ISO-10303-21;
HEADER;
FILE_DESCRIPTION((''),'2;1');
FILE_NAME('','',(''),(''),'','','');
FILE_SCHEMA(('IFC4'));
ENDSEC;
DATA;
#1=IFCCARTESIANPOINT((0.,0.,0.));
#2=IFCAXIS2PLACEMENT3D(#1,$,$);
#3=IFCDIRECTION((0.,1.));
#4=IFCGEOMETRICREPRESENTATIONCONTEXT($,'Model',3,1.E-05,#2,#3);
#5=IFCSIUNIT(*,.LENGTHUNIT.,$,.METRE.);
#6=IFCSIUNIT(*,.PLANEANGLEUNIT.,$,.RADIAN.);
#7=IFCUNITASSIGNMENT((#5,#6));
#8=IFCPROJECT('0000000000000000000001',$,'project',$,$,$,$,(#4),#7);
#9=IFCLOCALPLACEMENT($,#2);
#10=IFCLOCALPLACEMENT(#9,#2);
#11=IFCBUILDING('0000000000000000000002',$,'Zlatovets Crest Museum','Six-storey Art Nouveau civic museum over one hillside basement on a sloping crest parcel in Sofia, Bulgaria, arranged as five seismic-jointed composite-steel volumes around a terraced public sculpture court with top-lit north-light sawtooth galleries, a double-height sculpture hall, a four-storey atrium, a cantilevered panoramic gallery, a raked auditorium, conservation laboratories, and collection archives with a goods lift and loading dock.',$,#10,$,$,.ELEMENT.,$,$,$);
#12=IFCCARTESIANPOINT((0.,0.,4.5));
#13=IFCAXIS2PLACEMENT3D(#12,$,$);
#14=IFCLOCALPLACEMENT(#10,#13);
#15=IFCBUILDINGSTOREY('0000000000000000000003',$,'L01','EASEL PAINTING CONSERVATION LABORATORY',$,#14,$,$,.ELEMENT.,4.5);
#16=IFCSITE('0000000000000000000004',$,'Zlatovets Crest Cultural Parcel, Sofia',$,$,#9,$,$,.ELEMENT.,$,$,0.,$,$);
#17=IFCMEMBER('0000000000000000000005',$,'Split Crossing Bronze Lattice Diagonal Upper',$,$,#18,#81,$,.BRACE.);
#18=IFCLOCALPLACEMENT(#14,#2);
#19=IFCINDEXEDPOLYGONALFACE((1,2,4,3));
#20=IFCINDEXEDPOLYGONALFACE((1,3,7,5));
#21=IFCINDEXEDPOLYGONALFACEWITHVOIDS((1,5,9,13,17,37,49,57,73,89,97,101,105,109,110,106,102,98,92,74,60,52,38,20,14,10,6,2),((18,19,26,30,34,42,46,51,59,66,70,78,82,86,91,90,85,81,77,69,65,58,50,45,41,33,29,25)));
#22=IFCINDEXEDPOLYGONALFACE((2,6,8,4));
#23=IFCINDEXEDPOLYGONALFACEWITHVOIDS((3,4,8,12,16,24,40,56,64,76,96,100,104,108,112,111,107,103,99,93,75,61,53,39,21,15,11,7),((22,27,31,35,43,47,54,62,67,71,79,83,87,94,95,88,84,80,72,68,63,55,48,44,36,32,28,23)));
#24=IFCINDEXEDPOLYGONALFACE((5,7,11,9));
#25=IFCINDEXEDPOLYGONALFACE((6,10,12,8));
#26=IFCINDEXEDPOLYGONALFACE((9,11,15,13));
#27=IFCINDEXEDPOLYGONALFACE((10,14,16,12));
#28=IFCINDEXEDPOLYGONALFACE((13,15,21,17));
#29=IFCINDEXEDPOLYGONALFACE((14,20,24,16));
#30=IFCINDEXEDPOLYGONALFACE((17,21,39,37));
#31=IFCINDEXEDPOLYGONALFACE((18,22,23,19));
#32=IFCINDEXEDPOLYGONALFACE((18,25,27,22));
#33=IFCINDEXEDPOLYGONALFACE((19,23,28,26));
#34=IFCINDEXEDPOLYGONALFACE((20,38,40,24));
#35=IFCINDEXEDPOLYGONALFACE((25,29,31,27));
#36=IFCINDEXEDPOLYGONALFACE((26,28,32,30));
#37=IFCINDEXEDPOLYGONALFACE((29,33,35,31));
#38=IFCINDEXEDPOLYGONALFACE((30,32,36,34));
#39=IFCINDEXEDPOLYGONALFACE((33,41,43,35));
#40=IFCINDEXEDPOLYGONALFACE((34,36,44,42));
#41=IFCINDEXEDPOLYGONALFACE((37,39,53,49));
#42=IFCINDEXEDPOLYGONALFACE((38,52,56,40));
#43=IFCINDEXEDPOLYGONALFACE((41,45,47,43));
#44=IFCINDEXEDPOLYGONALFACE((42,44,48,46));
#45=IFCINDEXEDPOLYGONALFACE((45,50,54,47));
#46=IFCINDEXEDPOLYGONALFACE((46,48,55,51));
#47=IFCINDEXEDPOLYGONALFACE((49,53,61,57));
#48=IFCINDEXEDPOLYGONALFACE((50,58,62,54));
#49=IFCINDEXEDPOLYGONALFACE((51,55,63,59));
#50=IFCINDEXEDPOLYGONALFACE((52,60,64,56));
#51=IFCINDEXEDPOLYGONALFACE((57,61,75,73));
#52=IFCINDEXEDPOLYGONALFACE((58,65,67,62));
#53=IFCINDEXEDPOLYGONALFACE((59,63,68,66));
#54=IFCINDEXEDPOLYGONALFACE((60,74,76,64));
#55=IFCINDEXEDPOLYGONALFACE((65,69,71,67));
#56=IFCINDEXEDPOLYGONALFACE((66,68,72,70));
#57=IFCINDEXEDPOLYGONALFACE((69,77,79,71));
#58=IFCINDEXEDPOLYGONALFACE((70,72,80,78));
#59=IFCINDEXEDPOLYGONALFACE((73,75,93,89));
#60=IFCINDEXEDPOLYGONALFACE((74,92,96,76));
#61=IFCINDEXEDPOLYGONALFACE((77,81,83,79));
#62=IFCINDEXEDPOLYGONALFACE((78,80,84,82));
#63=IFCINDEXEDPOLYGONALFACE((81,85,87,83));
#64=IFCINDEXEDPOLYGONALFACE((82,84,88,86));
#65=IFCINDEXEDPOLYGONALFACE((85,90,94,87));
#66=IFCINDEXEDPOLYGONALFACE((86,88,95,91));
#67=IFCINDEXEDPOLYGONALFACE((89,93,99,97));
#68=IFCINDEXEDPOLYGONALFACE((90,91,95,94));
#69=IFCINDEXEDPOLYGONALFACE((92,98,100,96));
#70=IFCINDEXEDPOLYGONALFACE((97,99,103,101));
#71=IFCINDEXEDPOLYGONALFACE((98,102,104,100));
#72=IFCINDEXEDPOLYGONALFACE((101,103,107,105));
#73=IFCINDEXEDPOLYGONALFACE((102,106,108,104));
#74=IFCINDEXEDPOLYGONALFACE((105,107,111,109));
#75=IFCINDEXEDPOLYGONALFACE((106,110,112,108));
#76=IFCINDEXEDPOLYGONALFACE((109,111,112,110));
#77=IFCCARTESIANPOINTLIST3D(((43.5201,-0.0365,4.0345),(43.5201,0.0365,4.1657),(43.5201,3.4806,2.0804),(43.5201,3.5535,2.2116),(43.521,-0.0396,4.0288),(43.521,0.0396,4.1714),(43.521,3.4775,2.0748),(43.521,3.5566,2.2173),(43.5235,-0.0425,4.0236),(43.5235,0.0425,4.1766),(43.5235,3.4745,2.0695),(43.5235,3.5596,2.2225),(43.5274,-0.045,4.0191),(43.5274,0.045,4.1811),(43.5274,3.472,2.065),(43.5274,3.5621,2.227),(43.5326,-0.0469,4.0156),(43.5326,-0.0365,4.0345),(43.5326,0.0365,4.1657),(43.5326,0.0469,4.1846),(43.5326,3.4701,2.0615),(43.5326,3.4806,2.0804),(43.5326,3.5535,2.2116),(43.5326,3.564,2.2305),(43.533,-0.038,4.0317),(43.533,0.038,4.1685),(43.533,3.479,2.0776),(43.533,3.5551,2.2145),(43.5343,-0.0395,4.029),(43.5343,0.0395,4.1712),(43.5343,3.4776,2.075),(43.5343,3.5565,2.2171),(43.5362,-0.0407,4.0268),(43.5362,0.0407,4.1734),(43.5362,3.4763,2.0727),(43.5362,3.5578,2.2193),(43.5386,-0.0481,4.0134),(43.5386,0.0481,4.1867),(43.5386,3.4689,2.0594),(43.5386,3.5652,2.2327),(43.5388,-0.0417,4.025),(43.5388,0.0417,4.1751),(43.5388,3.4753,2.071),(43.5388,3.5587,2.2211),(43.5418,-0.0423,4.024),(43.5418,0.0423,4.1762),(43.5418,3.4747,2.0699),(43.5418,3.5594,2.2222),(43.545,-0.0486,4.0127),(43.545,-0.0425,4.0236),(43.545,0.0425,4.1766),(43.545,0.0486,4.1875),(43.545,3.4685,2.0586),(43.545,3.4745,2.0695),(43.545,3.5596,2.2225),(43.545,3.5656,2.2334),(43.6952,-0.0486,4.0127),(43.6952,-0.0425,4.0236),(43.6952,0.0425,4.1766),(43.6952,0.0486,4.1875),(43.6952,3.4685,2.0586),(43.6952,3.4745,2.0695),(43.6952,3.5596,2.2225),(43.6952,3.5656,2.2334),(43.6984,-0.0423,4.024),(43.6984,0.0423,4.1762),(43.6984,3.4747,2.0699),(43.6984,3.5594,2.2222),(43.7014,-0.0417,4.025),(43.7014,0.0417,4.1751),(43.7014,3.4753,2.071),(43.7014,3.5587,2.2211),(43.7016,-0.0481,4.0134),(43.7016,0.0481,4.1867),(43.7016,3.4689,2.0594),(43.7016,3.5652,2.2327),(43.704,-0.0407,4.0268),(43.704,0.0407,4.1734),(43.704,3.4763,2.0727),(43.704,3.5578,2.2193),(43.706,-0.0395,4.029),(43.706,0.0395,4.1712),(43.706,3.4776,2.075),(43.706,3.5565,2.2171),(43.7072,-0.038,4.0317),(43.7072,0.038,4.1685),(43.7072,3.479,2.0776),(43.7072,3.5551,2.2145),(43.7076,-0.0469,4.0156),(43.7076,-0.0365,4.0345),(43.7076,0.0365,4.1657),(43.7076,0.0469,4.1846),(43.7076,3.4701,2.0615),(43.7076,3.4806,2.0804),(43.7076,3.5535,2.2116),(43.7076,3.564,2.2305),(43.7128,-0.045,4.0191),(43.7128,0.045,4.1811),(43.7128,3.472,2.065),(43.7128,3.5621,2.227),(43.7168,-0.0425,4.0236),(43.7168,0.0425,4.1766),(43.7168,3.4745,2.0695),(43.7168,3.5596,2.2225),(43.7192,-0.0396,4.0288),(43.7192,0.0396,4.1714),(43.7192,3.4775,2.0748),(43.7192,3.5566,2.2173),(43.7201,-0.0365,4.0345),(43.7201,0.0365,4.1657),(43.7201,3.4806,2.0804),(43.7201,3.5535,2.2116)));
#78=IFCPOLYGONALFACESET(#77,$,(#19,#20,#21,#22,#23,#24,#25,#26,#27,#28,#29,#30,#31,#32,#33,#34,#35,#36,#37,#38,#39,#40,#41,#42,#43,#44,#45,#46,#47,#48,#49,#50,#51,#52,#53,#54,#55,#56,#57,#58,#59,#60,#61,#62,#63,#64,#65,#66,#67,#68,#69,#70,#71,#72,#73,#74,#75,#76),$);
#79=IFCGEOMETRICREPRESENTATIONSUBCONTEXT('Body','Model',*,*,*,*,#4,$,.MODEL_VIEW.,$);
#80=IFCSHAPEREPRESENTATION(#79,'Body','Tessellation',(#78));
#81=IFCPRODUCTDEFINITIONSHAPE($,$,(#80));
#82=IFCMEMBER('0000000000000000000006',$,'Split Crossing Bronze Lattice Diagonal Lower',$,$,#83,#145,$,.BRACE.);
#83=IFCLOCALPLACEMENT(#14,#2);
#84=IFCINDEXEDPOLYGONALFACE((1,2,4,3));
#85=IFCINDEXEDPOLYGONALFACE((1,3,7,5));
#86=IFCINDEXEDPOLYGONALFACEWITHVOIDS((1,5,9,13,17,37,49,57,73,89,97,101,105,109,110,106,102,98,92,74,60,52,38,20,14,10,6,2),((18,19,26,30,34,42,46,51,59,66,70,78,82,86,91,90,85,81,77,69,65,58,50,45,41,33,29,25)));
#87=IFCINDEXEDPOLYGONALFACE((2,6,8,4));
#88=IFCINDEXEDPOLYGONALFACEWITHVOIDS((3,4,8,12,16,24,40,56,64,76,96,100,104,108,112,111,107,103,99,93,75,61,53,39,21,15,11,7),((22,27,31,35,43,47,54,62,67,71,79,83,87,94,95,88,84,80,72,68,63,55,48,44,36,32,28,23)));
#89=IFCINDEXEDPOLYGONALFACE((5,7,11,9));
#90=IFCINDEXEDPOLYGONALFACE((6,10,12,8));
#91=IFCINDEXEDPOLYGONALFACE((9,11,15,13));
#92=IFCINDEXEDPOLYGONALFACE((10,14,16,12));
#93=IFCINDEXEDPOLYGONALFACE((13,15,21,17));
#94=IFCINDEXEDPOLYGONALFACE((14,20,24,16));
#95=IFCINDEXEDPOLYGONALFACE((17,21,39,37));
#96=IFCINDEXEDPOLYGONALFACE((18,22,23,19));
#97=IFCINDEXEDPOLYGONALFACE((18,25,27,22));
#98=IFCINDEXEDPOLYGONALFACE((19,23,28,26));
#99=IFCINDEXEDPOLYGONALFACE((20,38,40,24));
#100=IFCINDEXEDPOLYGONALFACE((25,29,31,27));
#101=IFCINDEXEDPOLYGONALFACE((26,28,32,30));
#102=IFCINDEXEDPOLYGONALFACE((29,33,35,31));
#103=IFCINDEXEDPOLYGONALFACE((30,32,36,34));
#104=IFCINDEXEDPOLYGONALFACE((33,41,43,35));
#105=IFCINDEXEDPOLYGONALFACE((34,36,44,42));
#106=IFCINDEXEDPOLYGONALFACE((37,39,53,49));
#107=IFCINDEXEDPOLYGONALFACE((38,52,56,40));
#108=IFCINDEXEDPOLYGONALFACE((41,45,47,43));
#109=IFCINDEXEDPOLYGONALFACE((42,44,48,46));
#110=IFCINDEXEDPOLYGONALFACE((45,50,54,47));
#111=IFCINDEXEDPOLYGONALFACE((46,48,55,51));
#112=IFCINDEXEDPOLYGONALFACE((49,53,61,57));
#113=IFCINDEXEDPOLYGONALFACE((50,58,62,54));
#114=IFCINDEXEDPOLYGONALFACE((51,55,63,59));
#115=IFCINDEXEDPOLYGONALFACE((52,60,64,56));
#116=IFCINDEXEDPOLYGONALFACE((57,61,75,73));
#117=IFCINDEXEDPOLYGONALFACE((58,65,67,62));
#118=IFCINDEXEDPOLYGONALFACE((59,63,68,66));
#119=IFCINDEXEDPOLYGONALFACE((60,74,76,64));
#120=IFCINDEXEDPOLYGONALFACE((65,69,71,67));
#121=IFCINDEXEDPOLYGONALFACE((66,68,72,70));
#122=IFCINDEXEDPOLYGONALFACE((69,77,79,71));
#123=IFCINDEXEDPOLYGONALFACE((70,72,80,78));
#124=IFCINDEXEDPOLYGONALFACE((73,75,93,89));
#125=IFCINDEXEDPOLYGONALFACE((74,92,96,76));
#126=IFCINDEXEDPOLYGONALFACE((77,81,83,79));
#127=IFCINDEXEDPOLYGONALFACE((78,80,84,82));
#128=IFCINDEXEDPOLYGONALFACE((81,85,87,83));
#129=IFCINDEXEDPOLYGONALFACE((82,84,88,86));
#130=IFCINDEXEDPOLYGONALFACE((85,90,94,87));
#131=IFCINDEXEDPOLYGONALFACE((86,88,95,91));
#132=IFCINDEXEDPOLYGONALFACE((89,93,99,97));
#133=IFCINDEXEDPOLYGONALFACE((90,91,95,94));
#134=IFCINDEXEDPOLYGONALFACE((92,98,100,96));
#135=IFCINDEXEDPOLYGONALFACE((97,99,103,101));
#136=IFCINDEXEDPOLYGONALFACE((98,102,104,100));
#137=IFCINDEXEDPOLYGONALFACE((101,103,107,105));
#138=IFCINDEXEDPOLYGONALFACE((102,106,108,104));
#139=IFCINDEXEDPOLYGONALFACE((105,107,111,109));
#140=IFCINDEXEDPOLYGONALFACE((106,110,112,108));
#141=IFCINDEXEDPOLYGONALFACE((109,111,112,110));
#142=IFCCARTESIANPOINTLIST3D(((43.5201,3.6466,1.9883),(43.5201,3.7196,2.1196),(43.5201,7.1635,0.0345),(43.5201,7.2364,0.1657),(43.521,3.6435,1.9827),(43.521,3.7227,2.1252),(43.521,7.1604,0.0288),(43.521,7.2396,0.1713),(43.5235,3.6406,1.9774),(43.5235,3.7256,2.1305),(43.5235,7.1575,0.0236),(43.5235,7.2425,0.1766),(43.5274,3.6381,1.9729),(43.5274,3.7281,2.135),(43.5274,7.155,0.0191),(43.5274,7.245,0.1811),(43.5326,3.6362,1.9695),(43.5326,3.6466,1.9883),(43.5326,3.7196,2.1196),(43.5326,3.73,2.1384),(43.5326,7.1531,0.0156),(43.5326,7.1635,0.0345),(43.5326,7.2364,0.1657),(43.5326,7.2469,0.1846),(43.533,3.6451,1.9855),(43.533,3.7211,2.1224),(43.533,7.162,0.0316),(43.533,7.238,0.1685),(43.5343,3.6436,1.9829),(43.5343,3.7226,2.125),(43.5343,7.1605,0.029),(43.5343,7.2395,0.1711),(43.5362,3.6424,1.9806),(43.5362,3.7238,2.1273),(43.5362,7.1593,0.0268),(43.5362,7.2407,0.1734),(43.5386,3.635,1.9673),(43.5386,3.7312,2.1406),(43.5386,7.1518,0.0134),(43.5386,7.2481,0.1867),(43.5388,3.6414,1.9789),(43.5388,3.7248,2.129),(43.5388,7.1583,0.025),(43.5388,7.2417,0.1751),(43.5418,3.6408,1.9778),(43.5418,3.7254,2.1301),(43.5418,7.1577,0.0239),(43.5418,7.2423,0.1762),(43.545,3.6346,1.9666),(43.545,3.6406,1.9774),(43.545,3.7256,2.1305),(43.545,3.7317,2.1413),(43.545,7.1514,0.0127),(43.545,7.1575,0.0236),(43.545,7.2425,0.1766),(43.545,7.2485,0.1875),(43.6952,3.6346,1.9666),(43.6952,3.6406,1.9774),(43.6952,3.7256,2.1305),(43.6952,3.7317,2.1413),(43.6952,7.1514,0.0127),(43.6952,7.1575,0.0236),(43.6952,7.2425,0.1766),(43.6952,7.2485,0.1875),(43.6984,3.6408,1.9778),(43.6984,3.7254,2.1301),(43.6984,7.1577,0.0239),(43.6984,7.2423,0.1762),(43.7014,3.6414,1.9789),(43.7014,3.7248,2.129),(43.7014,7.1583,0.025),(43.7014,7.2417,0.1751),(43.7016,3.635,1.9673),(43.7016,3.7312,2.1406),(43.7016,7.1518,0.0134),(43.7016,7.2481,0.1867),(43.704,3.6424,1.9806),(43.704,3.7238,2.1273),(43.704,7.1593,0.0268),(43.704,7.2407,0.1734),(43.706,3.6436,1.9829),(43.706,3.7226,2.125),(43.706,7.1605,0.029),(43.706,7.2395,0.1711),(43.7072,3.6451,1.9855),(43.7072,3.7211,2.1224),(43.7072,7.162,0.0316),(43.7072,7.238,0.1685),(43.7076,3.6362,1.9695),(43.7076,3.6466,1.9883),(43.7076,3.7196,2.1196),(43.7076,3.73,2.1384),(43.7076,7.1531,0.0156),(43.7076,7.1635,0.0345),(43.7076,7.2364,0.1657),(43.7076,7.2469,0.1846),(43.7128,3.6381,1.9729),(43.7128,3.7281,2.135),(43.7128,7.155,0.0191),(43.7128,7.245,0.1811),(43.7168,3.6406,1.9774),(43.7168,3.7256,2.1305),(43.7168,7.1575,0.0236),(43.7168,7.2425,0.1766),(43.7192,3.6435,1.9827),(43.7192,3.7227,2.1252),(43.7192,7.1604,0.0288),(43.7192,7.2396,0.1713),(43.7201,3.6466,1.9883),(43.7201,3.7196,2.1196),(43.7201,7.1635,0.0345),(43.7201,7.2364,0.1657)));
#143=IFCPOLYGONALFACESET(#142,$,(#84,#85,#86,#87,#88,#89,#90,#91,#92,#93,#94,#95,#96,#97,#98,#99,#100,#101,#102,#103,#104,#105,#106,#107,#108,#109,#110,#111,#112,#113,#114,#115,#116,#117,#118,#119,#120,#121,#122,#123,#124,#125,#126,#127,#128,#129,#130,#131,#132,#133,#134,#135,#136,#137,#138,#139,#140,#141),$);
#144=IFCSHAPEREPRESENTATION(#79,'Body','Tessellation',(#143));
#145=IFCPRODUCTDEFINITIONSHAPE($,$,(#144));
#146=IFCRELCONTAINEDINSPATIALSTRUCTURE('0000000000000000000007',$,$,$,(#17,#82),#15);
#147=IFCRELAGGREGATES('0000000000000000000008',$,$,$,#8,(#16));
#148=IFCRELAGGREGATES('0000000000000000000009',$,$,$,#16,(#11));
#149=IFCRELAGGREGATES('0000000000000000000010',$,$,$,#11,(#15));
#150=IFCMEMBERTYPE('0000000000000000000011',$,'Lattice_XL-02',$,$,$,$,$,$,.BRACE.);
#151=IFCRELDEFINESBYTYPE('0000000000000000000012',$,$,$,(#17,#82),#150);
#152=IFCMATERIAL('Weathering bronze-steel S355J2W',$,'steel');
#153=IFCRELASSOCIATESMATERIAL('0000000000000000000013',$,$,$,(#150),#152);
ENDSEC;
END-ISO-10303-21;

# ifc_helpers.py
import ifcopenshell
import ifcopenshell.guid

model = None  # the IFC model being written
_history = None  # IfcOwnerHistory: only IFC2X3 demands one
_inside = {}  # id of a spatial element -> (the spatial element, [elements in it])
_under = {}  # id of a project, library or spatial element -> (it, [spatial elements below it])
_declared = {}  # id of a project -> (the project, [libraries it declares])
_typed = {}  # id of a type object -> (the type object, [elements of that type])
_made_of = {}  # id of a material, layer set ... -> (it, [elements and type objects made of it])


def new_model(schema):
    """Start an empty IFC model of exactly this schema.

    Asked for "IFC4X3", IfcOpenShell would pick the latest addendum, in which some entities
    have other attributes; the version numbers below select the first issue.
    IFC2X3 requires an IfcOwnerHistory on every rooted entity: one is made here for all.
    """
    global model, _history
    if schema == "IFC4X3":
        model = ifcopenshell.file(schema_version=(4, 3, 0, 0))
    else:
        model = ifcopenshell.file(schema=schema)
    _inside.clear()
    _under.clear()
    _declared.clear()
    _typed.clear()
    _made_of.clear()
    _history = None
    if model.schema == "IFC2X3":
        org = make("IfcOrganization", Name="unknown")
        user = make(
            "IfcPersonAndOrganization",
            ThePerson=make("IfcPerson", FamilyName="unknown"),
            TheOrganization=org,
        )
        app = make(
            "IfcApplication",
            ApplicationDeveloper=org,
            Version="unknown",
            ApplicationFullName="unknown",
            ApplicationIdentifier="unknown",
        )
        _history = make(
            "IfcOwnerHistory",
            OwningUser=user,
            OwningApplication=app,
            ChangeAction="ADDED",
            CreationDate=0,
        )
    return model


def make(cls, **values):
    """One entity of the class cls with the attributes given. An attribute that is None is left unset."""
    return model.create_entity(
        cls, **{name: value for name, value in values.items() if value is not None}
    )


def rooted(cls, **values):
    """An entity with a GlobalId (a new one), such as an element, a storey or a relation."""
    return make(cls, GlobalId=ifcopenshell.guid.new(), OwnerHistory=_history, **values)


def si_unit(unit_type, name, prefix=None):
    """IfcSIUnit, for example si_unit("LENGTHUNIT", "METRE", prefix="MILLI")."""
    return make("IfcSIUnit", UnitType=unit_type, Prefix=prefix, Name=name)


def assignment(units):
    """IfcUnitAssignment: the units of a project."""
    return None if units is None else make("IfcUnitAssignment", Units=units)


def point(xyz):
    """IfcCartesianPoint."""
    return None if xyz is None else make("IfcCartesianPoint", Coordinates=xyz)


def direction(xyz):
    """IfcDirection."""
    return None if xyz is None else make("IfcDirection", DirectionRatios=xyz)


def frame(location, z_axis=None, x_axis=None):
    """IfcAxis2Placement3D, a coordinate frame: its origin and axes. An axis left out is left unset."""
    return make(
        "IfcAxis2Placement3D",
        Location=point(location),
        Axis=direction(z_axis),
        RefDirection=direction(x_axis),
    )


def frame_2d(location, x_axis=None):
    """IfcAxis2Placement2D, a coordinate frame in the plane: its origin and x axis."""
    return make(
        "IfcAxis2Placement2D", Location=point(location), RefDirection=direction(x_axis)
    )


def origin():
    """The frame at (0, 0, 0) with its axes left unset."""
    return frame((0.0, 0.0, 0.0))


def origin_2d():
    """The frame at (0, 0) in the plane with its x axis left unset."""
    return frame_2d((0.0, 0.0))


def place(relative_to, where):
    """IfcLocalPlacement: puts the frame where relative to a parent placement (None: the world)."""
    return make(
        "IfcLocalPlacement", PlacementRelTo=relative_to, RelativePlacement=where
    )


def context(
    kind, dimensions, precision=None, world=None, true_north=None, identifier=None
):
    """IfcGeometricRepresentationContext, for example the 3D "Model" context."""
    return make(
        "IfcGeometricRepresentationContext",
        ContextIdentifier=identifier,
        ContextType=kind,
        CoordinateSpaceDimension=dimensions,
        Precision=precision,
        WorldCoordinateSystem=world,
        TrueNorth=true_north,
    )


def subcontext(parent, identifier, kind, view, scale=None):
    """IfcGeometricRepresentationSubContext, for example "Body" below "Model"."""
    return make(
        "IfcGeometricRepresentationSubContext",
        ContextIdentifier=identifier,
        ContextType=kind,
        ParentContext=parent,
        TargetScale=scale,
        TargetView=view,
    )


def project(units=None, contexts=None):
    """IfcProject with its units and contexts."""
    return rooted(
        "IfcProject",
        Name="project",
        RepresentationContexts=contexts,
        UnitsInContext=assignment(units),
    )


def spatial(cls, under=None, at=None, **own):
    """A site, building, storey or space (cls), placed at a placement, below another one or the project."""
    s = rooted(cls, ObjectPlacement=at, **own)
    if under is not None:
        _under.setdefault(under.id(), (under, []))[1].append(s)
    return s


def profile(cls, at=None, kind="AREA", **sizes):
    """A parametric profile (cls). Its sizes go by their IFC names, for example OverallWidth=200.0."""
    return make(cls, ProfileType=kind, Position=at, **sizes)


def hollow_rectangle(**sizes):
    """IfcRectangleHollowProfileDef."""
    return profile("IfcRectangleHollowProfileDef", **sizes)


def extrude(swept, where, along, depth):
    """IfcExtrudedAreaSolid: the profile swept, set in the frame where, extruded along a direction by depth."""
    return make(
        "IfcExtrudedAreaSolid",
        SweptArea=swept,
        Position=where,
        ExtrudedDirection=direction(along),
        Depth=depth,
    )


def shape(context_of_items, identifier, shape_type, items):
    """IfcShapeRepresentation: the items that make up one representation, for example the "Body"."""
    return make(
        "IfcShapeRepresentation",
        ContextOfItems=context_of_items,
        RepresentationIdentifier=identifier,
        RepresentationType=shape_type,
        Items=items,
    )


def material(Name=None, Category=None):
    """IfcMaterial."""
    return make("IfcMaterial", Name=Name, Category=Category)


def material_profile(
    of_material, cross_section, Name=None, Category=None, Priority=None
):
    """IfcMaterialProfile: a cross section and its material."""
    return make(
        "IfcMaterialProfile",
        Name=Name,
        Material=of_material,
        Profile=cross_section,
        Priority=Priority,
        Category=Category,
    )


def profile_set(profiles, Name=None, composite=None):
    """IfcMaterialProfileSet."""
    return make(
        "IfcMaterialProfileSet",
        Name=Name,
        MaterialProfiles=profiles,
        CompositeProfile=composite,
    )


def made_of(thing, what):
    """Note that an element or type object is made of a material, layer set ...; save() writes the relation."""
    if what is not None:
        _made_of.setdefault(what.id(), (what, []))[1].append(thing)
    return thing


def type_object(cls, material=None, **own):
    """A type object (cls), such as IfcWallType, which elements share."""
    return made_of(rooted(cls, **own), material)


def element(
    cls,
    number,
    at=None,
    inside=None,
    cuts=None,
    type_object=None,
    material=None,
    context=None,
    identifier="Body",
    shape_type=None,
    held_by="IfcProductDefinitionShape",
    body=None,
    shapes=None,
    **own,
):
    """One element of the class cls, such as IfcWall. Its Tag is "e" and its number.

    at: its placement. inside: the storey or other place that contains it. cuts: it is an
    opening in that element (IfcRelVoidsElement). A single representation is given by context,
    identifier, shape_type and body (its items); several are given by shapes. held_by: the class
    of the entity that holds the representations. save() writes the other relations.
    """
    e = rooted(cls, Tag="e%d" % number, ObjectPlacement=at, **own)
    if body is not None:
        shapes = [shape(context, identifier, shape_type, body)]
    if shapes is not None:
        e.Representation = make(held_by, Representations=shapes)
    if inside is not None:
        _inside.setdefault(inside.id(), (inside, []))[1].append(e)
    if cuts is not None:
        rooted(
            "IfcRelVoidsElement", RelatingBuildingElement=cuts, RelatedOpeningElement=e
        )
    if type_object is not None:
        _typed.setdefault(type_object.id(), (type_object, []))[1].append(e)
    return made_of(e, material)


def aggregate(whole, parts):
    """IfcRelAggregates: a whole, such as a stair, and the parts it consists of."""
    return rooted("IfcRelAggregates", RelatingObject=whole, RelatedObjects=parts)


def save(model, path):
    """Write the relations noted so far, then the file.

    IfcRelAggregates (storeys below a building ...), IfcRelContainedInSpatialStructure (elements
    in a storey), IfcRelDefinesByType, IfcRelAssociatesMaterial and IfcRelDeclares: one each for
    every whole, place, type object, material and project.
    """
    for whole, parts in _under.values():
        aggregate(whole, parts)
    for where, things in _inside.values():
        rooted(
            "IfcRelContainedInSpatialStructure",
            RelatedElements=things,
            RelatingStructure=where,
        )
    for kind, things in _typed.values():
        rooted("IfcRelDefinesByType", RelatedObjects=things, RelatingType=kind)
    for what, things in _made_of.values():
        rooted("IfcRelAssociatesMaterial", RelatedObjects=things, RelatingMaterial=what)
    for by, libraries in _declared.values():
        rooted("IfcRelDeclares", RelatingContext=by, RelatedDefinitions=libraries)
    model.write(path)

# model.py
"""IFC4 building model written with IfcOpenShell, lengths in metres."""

from ifc_helpers import new_model, si_unit, direction, frame, origin, origin_2d, place, context, subcontext, project, spatial, hollow_rectangle, extrude, material, material_profile, profile_set, type_object, element, save


model = new_model("IFC4")

# Units and contexts
model_context = context("Model", 3, precision=1e-05, world=origin(), true_north=direction((0.0, 1.0)))
body_context = subcontext(model_context, "Body", "Model", "MODEL_VIEW")
ifc_project = project(units=[si_unit("LENGTHUNIT", "METRE"), si_unit("PLANEANGLEUNIT", "RADIAN")], contexts=[model_context])

# Site, building, storey
site_placement = place(None, origin())
site = spatial("IfcSite", under=ifc_project, at=site_placement, Name="Zlatovets Crest Cultural Parcel, Sofia", CompositionType="ELEMENT", RefElevation=0.0)
building_placement = place(site_placement, origin())
building = spatial("IfcBuilding", under=site, at=building_placement, Name="Zlatovets Crest Museum", Description="Six-storey Art Nouveau civic museum over one hillside basement on a sloping crest parcel in Sofia, Bulgaria, arranged as five seismic-jointed composite-steel volumes around a terraced public sculpture court with top-lit north-light sawtooth galleries, a double-height sculpture hall, a four-storey atrium, a cantilevered panoramic gallery, a raked auditorium, conservation laboratories, and collection archives with a goods lift and loading dock.", CompositionType="ELEMENT")
storey_placement = place(building_placement, frame((0.0, 0.0, 4.5)))
storey = spatial("IfcBuildingStorey", under=building, at=storey_placement, Name="L01", Description="EASEL PAINTING CONSERVATION LABORATORY", CompositionType="ELEMENT", Elevation=4.5)

# Members
ifc_material_1 = material(Name="Weathering bronze-steel S355J2W", Category="steel")
ifc_material_profile_1 = material_profile(ifc_material_1, hollow_rectangle(XDim=0.2, YDim=0.2, WallThickness=0.0125, InnerFilletRadius=0.0125, OuterFilletRadius=0.0249, at=origin_2d()), Name="SHS 200x200x12.5")
ifc_profile_set_1 = profile_set([ifc_material_profile_1], Name="Weathering bronze-steel S355J2W")
member_type_1 = type_object("IfcMemberType", Name="Lattice_XL-02", PredefinedType="BRACE", material=ifc_profile_set_1)
member_1_placement = place(storey_placement, frame((43.6201, 0.0, 4.1001), z_axis=(0.0, 0.87414, -0.485674), x_axis=(-1.0, 0.0, 0.0)))
element("IfcMember", 1, at=member_1_placement, inside=storey, type_object=member_type_1, Name="Split Crossing Bronze Lattice Diagonal Upper", PredefinedType="BRACE", context=body_context, shape_type="SweptSolid", body=[
    extrude(hollow_rectangle(XDim=0.2, YDim=0.2, WallThickness=0.0125, InnerFilletRadius=0.0125, OuterFilletRadius=0.0249, at=origin_2d()), origin(), (0.0, 0.0, 1.0), 4.0234),
])
member_2_placement = place(storey_placement, frame((43.6201, 3.6831, 2.054), z_axis=(0.0, 0.874152, -0.485653), x_axis=(-1.0, 0.0, 0.0)))
element("IfcMember", 2, at=member_2_placement, inside=storey, type_object=member_type_1, Name="Split Crossing Bronze Lattice Diagonal Lower", PredefinedType="BRACE", context=body_context, shape_type="SweptSolid", body=[
    extrude(hollow_rectangle(XDim=0.2, YDim=0.2, WallThickness=0.0125, InnerFilletRadius=0.0125, OuterFilletRadius=0.0249, at=origin_2d()), origin(), (0.0, 0.0, 1.0), 4.0232),
])

save(model, "model.ifc")
